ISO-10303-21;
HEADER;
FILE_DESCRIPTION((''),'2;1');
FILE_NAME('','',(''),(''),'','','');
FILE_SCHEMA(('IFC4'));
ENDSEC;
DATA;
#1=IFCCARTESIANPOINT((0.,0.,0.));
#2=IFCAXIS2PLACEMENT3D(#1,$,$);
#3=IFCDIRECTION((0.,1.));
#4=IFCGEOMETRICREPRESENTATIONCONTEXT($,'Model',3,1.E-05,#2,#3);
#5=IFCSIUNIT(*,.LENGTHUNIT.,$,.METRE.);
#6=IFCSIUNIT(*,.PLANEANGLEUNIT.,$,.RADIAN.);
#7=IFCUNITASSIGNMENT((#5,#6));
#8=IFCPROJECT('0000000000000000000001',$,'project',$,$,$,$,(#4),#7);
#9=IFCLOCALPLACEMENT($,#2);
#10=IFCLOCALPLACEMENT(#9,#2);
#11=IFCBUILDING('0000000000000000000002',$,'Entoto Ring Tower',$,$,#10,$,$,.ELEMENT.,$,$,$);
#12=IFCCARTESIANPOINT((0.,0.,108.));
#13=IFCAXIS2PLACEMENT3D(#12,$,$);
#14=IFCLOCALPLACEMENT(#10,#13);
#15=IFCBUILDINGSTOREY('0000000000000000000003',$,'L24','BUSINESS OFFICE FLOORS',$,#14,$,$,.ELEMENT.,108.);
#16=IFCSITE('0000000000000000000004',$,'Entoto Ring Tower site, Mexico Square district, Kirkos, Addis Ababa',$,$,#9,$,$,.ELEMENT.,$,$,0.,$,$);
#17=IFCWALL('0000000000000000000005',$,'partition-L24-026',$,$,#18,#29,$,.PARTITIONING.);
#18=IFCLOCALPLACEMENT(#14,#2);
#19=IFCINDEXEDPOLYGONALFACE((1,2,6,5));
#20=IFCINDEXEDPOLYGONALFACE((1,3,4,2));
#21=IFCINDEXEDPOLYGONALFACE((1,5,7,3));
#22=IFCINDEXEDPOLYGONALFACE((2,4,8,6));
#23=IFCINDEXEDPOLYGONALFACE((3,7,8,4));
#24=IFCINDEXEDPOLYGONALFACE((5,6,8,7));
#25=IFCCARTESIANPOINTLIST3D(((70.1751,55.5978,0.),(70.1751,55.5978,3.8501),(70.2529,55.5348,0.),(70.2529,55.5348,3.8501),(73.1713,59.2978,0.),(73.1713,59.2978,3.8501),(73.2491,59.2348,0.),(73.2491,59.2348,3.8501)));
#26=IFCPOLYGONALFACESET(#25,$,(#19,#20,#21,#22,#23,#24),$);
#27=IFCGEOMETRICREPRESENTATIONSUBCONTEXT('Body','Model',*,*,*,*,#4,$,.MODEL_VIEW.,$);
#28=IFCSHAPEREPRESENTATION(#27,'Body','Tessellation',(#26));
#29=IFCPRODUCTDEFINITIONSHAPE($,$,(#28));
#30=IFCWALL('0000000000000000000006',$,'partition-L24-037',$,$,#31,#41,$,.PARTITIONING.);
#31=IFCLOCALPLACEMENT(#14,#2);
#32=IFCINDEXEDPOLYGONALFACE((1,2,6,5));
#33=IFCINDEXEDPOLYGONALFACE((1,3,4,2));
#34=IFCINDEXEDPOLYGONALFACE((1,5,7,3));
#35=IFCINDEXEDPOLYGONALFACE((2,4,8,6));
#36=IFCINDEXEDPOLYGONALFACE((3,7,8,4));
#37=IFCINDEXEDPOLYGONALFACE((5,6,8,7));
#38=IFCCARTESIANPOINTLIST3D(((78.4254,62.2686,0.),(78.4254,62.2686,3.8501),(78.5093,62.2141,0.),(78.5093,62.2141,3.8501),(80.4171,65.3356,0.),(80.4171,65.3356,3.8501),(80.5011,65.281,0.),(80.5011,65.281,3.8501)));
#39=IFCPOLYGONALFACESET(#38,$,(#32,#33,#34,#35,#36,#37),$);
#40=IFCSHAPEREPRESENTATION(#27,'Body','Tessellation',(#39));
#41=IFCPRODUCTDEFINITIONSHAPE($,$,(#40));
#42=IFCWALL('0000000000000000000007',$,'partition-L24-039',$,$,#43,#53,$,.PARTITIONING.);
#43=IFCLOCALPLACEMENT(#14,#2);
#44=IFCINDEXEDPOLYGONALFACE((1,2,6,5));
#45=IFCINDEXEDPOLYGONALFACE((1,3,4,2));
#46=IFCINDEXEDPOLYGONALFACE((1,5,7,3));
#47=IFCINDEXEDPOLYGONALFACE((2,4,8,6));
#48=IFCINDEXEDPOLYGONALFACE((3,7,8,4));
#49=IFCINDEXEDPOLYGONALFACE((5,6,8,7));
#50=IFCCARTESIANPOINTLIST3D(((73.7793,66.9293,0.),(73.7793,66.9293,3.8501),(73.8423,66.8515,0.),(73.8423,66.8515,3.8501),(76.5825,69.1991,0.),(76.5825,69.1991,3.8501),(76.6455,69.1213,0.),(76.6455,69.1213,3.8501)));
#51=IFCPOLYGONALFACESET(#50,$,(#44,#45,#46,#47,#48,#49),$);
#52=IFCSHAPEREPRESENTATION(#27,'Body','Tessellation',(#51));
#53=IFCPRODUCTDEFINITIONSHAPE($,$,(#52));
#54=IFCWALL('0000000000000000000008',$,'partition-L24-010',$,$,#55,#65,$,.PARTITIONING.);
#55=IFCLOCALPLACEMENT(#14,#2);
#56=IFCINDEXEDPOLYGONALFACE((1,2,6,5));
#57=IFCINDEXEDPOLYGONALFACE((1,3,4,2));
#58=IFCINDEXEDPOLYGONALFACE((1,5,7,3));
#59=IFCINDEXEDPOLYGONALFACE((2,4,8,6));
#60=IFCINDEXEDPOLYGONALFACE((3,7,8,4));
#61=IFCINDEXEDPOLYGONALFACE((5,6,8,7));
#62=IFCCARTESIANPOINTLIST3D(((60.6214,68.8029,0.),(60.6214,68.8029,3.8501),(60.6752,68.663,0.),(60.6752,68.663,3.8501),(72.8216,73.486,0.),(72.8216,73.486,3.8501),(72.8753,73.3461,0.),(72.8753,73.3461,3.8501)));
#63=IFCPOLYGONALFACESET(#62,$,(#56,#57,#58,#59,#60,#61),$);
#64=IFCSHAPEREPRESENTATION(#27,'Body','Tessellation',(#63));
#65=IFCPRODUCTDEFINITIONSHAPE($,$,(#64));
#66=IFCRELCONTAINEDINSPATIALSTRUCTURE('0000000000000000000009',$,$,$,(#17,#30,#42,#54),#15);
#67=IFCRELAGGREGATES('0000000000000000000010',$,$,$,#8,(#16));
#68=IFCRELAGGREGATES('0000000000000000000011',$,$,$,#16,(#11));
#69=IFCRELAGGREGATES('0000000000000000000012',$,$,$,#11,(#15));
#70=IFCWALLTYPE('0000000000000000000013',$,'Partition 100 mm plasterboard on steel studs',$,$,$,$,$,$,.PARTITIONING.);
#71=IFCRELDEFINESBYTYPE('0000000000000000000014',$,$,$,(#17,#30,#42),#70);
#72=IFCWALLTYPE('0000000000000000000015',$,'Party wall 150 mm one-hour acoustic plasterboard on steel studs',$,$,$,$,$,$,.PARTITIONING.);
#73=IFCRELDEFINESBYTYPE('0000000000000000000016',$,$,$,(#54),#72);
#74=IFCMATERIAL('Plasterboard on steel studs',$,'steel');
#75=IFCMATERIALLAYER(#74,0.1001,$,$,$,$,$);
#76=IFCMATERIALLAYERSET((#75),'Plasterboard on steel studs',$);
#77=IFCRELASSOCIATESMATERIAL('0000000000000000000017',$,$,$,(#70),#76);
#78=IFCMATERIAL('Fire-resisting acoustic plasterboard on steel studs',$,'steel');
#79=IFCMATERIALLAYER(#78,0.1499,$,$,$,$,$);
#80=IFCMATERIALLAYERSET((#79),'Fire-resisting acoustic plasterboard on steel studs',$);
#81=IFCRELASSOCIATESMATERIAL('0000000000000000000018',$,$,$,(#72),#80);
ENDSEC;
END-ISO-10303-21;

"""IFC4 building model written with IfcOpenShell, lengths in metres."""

from ifc_helpers import new_model, si_unit, direction, frame, frame_2d, origin, place, context, subcontext, project, spatial, rectangle, extrude, material, layer, layer_set, type_object, element, save


model = new_model("IFC4")

# Units and contexts
model_context = context("Model", 3, precision=1e-05, world=origin(), true_north=direction((0.0, 1.0)))
body_context = subcontext(model_context, "Body", "Model", "MODEL_VIEW")
ifc_project = project(units=[si_unit("LENGTHUNIT", "METRE"), si_unit("PLANEANGLEUNIT", "RADIAN")], contexts=[model_context])

# Site, building, storey
site_placement = place(None, origin())
site = spatial("IfcSite", under=ifc_project, at=site_placement, Name="Entoto Ring Tower site, Mexico Square district, Kirkos, Addis Ababa", CompositionType="ELEMENT", RefElevation=0.0)
building_placement = place(site_placement, origin())
building = spatial("IfcBuilding", under=site, at=building_placement, Name="Entoto Ring Tower", CompositionType="ELEMENT")
storey_placement = place(building_placement, frame((0.0, 0.0, 108.0)))
storey = spatial("IfcBuildingStorey", under=building, at=storey_placement, Name="L24", Description="BUSINESS OFFICE FLOORS", CompositionType="ELEMENT", Elevation=108.0)

# Shared definitions
ifc_material_1 = material(Name="Plasterboard on steel studs", Category="steel")
ifc_layer_1 = layer(ifc_material_1, 0.1001)
ifc_layer_set_1 = layer_set([ifc_layer_1], Name="Plasterboard on steel studs")
wall_type_1 = type_object("IfcWallType", Name="Partition 100 mm plasterboard on steel studs", PredefinedType="PARTITIONING", material=ifc_layer_set_1)

# Walls
wall_1_placement = place(storey_placement, frame((70.2141, 55.5664, 0.0), z_axis=(0.0, 0.0, 1.0), x_axis=(0.629312, 0.777153, 0.0)))
element("IfcWall", 1, at=wall_1_placement, inside=storey, type_object=wall_type_1, Name="partition-L24-026", PredefinedType="PARTITIONING", context=body_context, shape_type="SweptSolid", body=[
    extrude(rectangle(XDim=4.761, YDim=0.1001, at=frame_2d((2.3804, 0.0))), origin(), (0.0, 0.0, 1.0), 3.8501),
])
wall_2_placement = place(storey_placement, frame((78.4673, 62.2412, 0.0), z_axis=(0.0, 0.0, 1.0), x_axis=(0.544646, 0.838666, 0.0)))
element("IfcWall", 2, at=wall_2_placement, inside=storey, type_object=wall_type_1, Name="partition-L24-037", PredefinedType="PARTITIONING", context=body_context, shape_type="SweptSolid", body=[
    extrude(rectangle(XDim=3.657, YDim=0.1001, at=frame_2d((1.8286, 0.0))), origin(), (0.0, 0.0, 1.0), 3.8501),
])
wall_3_placement = place(storey_placement, frame((73.8108, 66.8904, 0.0), z_axis=(0.0, 0.0, 1.0), x_axis=(0.777177, 0.629282, 0.0)))
element("IfcWall", 3, at=wall_3_placement, inside=storey, type_object=wall_type_1, Name="partition-L24-039", PredefinedType="PARTITIONING", context=body_context, shape_type="SweptSolid", body=[
    extrude(rectangle(XDim=3.6069, YDim=0.1001, at=frame_2d((1.8035, 0.0))), origin(), (0.0, 0.0, 1.0), 3.8501),
])
ifc_material_2 = material(Name="Fire-resisting acoustic plasterboard on steel studs", Category="steel")
ifc_layer_2 = layer(ifc_material_2, 0.1499)
ifc_layer_set_2 = layer_set([ifc_layer_2], Name="Fire-resisting acoustic plasterboard on steel studs")
wall_type_2 = type_object("IfcWallType", Name="Party wall 150 mm one-hour acoustic plasterboard on steel studs", PredefinedType="PARTITIONING", material=ifc_layer_set_2)
wall_4_placement = place(storey_placement, frame((60.6482, 68.7329, 0.0), z_axis=(0.0, 0.0, 1.0), x_axis=(0.933583, 0.358361, 0.0)))
element("IfcWall", 4, at=wall_4_placement, inside=storey, type_object=wall_type_2, Name="partition-L24-010", PredefinedType="PARTITIONING", context=body_context, shape_type="SweptSolid", body=[
    extrude(rectangle(XDim=13.0681, YDim=0.1499, at=frame_2d((6.5342, 0.0))), origin(), (0.0, 0.0, 1.0), 3.8501),
])

save(model, "model.ifc")
